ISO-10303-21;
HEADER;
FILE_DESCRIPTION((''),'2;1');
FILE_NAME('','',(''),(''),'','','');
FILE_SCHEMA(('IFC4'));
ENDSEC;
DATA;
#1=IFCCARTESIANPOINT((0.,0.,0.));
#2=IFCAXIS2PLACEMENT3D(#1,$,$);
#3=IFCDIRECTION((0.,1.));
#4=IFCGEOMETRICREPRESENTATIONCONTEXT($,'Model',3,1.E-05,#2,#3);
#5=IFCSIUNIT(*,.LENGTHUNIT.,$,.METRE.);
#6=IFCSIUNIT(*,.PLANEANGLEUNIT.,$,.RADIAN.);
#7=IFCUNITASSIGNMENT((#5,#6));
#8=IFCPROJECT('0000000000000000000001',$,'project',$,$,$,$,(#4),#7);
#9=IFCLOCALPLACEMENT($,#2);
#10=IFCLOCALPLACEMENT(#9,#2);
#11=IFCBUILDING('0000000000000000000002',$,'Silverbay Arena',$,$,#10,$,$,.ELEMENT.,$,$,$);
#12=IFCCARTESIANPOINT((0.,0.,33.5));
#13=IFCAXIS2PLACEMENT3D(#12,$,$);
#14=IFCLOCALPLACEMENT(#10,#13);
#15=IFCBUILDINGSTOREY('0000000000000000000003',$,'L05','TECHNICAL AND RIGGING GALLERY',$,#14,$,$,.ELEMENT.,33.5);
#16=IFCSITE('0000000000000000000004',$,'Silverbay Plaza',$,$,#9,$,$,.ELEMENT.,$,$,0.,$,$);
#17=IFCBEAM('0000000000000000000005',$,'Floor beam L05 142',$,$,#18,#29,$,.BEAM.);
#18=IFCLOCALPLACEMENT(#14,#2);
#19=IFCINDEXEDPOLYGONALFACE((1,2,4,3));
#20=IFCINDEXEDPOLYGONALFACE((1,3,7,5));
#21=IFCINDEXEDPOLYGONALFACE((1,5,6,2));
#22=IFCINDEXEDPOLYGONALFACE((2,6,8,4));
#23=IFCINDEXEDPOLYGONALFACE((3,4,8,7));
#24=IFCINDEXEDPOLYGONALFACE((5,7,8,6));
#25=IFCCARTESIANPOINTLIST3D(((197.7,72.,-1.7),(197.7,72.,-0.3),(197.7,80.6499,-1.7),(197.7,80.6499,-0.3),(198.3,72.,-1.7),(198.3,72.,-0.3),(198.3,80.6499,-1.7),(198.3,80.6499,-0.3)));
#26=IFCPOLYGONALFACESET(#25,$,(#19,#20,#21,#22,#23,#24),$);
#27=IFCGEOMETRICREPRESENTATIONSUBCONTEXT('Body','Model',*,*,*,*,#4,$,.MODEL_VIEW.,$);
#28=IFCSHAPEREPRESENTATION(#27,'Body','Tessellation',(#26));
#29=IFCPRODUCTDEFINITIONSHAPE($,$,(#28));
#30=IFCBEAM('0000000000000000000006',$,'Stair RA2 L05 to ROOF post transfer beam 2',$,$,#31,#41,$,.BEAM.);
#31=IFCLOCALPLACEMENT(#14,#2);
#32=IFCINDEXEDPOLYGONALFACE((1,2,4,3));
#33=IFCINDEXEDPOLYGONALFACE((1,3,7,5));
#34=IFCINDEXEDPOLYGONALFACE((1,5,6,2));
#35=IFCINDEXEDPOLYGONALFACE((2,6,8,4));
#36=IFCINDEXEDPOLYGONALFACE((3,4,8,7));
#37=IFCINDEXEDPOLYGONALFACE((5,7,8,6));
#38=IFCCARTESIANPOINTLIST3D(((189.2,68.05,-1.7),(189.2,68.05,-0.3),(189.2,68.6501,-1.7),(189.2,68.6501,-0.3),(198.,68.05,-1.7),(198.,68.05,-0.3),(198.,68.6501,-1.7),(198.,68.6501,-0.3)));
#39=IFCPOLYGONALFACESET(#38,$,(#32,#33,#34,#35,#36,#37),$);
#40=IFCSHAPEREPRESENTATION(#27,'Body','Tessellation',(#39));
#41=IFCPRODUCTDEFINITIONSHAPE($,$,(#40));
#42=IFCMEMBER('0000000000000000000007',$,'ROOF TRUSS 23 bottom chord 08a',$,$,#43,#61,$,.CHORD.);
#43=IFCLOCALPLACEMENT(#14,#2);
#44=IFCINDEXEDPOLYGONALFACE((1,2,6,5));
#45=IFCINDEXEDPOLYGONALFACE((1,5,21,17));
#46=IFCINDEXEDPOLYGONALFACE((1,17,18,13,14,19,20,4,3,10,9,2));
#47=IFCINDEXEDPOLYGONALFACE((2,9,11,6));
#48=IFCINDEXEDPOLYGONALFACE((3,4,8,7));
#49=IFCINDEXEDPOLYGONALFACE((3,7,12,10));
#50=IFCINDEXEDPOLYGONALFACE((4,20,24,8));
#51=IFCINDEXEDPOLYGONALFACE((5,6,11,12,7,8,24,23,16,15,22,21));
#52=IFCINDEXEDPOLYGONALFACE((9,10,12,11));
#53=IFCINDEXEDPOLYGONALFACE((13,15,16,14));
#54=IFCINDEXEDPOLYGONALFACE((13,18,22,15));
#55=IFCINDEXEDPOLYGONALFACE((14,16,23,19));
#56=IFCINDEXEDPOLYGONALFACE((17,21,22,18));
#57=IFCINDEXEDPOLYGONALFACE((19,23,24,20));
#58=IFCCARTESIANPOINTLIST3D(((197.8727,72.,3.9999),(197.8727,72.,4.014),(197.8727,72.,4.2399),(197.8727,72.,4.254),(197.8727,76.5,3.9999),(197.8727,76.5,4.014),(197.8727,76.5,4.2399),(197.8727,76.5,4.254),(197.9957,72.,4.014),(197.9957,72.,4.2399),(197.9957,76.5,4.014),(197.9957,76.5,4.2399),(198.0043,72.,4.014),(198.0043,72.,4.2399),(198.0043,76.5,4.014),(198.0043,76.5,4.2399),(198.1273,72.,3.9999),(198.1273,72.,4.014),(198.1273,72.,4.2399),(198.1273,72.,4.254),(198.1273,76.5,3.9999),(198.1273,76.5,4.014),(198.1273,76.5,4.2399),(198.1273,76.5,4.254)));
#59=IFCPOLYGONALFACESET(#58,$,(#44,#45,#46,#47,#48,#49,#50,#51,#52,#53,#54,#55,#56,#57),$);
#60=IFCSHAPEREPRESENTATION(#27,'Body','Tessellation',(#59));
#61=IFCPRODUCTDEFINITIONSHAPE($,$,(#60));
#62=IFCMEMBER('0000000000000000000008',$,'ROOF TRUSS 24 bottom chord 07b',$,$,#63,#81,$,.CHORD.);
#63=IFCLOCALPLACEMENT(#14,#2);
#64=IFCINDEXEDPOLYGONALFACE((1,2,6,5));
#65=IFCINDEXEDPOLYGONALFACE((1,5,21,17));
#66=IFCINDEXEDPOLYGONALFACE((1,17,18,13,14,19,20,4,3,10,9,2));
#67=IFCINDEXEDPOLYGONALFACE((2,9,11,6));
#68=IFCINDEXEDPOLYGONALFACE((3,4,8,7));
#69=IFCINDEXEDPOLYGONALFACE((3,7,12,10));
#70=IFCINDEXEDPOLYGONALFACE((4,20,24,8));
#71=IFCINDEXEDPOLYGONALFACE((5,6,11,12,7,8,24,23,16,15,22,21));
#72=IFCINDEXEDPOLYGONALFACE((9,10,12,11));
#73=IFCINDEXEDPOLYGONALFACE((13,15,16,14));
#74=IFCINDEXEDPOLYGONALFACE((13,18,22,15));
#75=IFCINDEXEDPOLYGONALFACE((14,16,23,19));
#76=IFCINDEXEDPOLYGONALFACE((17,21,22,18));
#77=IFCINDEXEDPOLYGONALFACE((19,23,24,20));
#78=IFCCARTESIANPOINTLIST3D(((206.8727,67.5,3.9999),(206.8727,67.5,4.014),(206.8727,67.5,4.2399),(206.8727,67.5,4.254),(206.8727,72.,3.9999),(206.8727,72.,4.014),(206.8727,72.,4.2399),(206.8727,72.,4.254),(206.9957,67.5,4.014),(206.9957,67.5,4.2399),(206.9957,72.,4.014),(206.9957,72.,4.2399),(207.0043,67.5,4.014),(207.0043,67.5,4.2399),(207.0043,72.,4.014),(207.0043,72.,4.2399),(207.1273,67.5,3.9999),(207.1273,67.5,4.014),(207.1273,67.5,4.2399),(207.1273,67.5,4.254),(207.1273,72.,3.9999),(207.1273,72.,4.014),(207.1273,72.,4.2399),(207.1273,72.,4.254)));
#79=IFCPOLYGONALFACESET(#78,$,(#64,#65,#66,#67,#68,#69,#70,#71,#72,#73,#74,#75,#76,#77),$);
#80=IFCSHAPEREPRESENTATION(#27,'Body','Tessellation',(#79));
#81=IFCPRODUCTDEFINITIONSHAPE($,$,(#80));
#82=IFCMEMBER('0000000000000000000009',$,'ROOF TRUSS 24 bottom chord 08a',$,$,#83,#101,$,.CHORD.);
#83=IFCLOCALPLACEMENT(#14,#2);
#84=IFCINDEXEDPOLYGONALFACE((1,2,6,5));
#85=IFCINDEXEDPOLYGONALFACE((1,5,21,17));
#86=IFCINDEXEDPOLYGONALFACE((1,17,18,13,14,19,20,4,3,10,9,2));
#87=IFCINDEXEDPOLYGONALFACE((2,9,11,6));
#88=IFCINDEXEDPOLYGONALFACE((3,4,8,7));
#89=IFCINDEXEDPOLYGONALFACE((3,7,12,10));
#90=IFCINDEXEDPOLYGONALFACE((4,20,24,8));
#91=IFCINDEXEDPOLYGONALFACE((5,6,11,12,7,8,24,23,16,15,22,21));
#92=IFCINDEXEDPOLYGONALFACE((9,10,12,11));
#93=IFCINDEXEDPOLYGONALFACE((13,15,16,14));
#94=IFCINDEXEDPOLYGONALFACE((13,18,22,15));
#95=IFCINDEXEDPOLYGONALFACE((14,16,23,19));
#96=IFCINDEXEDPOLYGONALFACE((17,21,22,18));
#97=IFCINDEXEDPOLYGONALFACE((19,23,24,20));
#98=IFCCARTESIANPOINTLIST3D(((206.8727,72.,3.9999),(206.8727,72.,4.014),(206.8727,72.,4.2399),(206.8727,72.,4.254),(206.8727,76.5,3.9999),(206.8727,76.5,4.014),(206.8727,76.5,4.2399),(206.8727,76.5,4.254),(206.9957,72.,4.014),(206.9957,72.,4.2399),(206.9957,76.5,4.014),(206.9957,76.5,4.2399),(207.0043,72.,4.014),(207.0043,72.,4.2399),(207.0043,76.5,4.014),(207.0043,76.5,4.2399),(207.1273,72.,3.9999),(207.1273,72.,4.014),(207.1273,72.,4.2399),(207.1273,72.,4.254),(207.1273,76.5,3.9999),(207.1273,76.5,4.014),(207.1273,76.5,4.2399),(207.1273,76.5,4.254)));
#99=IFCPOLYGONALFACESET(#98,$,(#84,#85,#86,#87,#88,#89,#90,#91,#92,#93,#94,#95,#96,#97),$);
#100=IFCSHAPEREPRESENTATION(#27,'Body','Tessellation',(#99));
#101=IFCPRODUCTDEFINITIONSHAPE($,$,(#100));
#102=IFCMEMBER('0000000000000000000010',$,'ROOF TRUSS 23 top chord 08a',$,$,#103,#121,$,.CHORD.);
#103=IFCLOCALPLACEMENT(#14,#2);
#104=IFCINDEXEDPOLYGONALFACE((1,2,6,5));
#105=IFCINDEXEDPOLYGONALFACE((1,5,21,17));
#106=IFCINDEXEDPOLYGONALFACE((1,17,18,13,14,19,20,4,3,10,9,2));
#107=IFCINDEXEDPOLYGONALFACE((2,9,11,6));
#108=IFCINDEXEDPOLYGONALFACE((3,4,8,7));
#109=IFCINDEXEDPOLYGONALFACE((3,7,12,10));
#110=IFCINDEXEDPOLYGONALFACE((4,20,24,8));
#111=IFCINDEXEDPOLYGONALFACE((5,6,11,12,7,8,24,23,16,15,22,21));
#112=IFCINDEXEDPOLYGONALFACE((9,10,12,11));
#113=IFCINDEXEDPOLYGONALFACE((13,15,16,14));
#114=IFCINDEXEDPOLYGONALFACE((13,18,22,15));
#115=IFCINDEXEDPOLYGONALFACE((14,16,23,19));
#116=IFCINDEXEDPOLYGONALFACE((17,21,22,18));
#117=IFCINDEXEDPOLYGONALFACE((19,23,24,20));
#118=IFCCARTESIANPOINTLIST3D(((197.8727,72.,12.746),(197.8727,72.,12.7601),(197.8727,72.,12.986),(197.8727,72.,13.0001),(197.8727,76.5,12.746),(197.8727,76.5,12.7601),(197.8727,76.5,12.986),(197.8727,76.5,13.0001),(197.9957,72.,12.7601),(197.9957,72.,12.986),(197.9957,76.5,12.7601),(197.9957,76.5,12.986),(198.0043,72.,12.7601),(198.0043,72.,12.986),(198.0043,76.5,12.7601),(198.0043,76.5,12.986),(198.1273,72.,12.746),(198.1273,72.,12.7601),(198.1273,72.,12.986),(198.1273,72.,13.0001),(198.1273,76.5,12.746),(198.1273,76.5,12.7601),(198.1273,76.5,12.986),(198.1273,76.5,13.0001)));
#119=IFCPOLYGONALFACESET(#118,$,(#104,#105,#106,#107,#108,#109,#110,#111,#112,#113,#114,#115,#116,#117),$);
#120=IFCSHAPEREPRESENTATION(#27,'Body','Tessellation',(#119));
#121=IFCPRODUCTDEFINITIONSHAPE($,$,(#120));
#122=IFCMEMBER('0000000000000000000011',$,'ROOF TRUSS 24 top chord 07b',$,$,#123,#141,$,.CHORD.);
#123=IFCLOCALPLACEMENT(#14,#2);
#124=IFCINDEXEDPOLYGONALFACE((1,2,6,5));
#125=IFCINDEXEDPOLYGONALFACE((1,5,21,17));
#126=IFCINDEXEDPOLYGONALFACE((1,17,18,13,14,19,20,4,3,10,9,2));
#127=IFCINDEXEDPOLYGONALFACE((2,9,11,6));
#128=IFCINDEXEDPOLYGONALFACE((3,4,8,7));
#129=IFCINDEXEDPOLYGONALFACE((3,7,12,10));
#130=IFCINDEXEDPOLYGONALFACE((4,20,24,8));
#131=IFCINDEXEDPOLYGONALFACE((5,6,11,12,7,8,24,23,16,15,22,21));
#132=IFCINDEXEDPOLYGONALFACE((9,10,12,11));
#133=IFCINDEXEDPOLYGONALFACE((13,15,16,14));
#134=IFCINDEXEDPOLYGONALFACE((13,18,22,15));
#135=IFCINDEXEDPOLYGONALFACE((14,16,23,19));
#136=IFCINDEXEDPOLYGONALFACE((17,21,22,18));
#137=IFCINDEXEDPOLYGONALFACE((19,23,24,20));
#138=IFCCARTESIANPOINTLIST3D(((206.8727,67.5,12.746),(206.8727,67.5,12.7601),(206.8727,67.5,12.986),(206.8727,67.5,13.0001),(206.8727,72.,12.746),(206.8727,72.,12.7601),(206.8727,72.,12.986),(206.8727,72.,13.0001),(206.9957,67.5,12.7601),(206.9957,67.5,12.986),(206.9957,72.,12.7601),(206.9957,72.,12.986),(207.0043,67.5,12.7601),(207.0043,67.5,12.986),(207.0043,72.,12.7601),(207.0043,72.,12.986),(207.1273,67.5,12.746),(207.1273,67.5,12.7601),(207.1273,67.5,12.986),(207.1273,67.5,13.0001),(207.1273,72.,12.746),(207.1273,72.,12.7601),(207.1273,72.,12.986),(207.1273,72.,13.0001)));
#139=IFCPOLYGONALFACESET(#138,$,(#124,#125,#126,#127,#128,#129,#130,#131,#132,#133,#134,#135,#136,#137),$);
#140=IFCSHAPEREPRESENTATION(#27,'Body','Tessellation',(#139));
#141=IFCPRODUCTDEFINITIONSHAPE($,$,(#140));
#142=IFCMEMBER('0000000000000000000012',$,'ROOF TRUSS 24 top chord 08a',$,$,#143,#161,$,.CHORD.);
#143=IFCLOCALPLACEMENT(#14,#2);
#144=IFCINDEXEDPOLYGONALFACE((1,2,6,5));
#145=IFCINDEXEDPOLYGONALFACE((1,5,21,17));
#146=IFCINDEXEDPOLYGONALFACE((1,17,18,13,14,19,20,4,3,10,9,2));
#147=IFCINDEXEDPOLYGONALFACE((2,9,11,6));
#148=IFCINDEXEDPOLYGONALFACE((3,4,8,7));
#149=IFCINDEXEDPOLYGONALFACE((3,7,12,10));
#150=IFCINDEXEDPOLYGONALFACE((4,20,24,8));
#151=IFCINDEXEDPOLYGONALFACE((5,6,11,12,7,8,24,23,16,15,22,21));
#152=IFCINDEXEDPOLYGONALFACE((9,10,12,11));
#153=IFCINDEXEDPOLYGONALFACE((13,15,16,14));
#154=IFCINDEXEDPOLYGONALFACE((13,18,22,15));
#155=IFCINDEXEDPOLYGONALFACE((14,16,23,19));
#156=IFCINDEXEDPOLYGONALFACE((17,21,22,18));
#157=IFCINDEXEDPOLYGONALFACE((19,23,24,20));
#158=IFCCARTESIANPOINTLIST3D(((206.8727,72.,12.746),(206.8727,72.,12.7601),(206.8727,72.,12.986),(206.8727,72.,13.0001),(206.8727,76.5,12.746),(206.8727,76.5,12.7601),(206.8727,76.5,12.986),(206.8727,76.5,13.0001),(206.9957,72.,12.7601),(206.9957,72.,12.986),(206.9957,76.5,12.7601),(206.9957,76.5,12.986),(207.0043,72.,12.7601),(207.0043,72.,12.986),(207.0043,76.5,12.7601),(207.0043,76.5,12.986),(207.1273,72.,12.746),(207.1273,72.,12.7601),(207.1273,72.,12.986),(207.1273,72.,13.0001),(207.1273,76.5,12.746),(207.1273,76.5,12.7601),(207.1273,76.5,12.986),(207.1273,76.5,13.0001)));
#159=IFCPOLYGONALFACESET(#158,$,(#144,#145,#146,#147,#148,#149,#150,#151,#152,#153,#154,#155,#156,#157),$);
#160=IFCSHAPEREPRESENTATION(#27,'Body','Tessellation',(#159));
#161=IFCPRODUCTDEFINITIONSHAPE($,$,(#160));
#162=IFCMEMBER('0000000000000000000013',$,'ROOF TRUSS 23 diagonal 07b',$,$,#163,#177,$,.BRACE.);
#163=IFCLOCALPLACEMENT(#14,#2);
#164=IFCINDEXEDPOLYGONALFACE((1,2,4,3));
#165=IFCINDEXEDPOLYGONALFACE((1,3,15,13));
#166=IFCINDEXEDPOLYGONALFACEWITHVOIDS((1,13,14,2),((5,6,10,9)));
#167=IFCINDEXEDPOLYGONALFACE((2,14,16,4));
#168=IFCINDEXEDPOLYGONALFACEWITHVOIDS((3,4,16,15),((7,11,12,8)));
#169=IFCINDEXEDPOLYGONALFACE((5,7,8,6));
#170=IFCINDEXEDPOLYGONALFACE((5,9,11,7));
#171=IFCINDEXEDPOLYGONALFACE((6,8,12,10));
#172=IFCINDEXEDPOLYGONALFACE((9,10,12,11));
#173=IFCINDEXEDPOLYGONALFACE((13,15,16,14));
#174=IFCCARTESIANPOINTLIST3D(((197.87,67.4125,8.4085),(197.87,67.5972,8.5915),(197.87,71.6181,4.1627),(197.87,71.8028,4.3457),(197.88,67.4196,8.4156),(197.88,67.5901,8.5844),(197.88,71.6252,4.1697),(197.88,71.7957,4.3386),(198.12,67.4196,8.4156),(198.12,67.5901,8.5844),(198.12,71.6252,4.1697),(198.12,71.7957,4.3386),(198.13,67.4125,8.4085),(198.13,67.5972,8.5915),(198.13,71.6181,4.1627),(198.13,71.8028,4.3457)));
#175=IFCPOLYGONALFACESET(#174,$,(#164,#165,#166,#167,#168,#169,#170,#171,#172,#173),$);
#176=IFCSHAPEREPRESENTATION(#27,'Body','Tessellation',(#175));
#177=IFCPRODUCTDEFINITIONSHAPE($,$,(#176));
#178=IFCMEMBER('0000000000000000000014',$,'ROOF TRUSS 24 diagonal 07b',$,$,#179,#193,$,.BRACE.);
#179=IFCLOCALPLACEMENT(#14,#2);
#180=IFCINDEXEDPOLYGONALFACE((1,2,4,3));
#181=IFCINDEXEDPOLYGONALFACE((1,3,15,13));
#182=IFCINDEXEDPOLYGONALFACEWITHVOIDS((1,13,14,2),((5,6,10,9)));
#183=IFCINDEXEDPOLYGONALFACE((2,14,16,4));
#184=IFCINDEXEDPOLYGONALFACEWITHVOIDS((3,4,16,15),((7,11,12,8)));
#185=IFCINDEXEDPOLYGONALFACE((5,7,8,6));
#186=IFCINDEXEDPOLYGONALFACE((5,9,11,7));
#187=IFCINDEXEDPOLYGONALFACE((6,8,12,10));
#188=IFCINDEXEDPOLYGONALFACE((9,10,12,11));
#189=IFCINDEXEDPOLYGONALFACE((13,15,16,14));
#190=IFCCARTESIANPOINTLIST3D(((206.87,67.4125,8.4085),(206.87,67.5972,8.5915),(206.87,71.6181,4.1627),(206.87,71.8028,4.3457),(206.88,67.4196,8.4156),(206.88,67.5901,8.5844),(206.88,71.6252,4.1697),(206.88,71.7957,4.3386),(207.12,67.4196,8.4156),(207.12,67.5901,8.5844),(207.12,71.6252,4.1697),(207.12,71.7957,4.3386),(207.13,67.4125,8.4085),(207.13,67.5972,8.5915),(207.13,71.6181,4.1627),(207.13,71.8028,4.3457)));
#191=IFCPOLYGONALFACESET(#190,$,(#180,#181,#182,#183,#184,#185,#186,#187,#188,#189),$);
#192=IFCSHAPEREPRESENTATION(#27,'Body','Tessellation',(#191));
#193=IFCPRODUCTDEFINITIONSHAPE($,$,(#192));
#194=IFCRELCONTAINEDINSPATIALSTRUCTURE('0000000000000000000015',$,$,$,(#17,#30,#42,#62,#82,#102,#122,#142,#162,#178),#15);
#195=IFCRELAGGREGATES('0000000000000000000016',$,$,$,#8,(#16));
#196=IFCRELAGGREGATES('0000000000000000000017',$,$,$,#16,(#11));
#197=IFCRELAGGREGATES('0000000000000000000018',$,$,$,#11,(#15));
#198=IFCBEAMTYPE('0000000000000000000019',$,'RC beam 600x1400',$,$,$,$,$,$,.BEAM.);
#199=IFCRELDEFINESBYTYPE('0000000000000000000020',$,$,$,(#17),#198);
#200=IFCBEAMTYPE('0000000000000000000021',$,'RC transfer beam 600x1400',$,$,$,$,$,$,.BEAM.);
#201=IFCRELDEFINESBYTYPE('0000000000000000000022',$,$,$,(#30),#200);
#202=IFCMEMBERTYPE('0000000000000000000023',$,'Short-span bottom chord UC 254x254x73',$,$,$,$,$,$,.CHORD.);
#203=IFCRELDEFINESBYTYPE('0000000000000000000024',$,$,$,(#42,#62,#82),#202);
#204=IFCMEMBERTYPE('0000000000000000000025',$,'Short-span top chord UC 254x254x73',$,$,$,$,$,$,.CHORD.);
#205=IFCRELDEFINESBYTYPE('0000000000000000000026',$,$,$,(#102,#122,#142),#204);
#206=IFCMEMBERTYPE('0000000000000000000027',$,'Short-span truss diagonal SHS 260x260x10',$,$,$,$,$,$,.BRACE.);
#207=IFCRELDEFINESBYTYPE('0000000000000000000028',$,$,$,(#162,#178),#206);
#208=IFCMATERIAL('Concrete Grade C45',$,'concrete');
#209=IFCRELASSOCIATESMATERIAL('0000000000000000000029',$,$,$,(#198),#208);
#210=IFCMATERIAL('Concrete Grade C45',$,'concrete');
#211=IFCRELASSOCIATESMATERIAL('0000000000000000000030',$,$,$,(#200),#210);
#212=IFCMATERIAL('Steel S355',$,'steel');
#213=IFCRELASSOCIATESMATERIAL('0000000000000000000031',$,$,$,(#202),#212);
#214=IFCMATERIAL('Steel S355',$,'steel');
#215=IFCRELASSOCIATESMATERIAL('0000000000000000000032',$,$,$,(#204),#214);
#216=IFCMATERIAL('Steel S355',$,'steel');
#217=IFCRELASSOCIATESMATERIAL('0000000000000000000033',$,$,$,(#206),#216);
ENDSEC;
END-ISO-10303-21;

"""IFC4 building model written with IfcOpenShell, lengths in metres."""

from ifc_helpers import new_model, si_unit, direction, frame, origin, origin_2d, place, context, subcontext, project, spatial, rectangle, hollow_rectangle, i_section, extrude, material, material_profile, profile_set, type_object, element, save


model = new_model("IFC4")

# Units and contexts
model_context = context("Model", 3, precision=1e-05, world=origin(), true_north=direction((0.0, 1.0)))
body_context = subcontext(model_context, "Body", "Model", "MODEL_VIEW")
ifc_project = project(units=[si_unit("LENGTHUNIT", "METRE"), si_unit("PLANEANGLEUNIT", "RADIAN")], contexts=[model_context])

# Site, building, storey
site_placement = place(None, origin())
site = spatial("IfcSite", under=ifc_project, at=site_placement, Name="Silverbay Plaza", CompositionType="ELEMENT", RefElevation=0.0)
building_placement = place(site_placement, origin())
building = spatial("IfcBuilding", under=site, at=building_placement, Name="Silverbay Arena", CompositionType="ELEMENT")
storey_placement = place(building_placement, frame((0.0, 0.0, 33.5)))
storey = spatial("IfcBuildingStorey", under=building, at=storey_placement, Name="L05", Description="TECHNICAL AND RIGGING GALLERY", CompositionType="ELEMENT", Elevation=33.5)

# Beams
ifc_material_1 = material(Name="Concrete Grade C45", Category="concrete")
ifc_material_profile_1 = material_profile(ifc_material_1, rectangle(XDim=0.6001, YDim=1.3999, at=origin_2d()), Name="RC 600x1400")
ifc_profile_set_1 = profile_set([ifc_material_profile_1], Name="Concrete Grade C45")
beam_type_1 = type_object("IfcBeamType", Name="RC beam 600x1400", PredefinedType="BEAM", material=ifc_profile_set_1)
beam_1_placement = place(storey_placement, frame((198.0, 72.0, -1.0), z_axis=(0.0, 1.0, 0.0), x_axis=(-1.0, 0.0, 0.0)))
element("IfcBeam", 1, at=beam_1_placement, inside=storey, type_object=beam_type_1, Name="Floor beam L05 142", PredefinedType="BEAM", context=body_context, shape_type="SweptSolid", body=[
    extrude(rectangle(XDim=0.6001, YDim=1.3999, at=origin_2d()), origin(), (0.0, 0.0, 1.0), 8.6499),
])
ifc_material_2 = material(Name="Concrete Grade C45", Category="concrete")
ifc_material_profile_2 = material_profile(ifc_material_2, rectangle(XDim=0.6001, YDim=1.3999, at=origin_2d()), Name="RC 600x1400")
ifc_profile_set_2 = profile_set([ifc_material_profile_2], Name="Concrete Grade C45")
beam_type_2 = type_object("IfcBeamType", Name="RC transfer beam 600x1400", PredefinedType="BEAM", material=ifc_profile_set_2)
beam_2_placement = place(storey_placement, frame((198.0, 68.3501, -1.0), z_axis=(-1.0, 0.0, 0.0), x_axis=(0.0, -1.0, 0.0)))
element("IfcBeam", 2, at=beam_2_placement, inside=storey, type_object=beam_type_2, Name="Stair RA2 L05 to ROOF post transfer beam 2", PredefinedType="BEAM", context=body_context, shape_type="SweptSolid", body=[
    extrude(rectangle(XDim=0.6001, YDim=1.3999, at=origin_2d()), origin(), (0.0, 0.0, 1.0), 8.8),
])

# Members
ifc_material_3 = material(Name="Steel S355", Category="steel")
ifc_material_profile_3 = material_profile(ifc_material_3, i_section(OverallWidth=0.2546, OverallDepth=0.2542, WebThickness=0.0085, FlangeThickness=0.0142, at=origin_2d()), Name="UC 254x254x73")
ifc_profile_set_3 = profile_set([ifc_material_profile_3], Name="Steel S355")
member_type_1 = type_object("IfcMemberType", Name="Short-span bottom chord UC 254x254x73", PredefinedType="CHORD", material=ifc_profile_set_3)
for number, where, z_axis, x_axis, name in (
    (3, (198.0, 72.0, 4.127), (0.0, 1.0, 0.0), (-1.0, 0.0, 0.0), "ROOF TRUSS 23 bottom chord 08a"),
    (4, (207.0, 67.5, 4.127), (0.0, 1.0, 0.0), (-1.0, 0.0, 0.0), "ROOF TRUSS 24 bottom chord 07b"),
    (5, (207.0, 72.0, 4.127), (0.0, 1.0, 0.0), (-1.0, 0.0, 0.0), "ROOF TRUSS 24 bottom chord 08a"),
):
    element("IfcMember", number, at=place(storey_placement, frame(where, z_axis=z_axis, x_axis=x_axis)), inside=storey, type_object=member_type_1, Name=name, PredefinedType="CHORD", context=body_context, shape_type="SweptSolid", body=[
        extrude(i_section(OverallWidth=0.2546, OverallDepth=0.2542, WebThickness=0.0085, FlangeThickness=0.0142, at=origin_2d()), origin(), (0.0, 0.0, 1.0), 4.5),
    ])
ifc_material_4 = material(Name="Steel S355", Category="steel")
ifc_material_profile_4 = material_profile(ifc_material_4, i_section(OverallWidth=0.2546, OverallDepth=0.2542, WebThickness=0.0085, FlangeThickness=0.0142, at=origin_2d()), Name="UC 254x254x73")
ifc_profile_set_4 = profile_set([ifc_material_profile_4], Name="Steel S355")
member_type_2 = type_object("IfcMemberType", Name="Short-span top chord UC 254x254x73", PredefinedType="CHORD", material=ifc_profile_set_4)
for number, where, z_axis, x_axis, name in (
    (6, (198.0, 72.0, 12.873), (0.0, 1.0, 0.0), (-1.0, 0.0, 0.0), "ROOF TRUSS 23 top chord 08a"),
    (7, (207.0, 67.5, 12.873), (0.0, 1.0, 0.0), (-1.0, 0.0, 0.0), "ROOF TRUSS 24 top chord 07b"),
    (8, (207.0, 72.0, 12.873), (0.0, 1.0, 0.0), (-1.0, 0.0, 0.0), "ROOF TRUSS 24 top chord 08a"),
):
    element("IfcMember", number, at=place(storey_placement, frame(where, z_axis=z_axis, x_axis=x_axis)), inside=storey, type_object=member_type_2, Name=name, PredefinedType="CHORD", context=body_context, shape_type="SweptSolid", body=[
        extrude(i_section(OverallWidth=0.2546, OverallDepth=0.2542, WebThickness=0.0085, FlangeThickness=0.0142, at=origin_2d()), origin(), (0.0, 0.0, 1.0), 4.5),
    ])
ifc_material_5 = material(Name="Steel S355", Category="steel")
ifc_material_profile_5 = material_profile(ifc_material_5, hollow_rectangle(XDim=0.26, YDim=0.26, WallThickness=0.01, at=origin_2d()), Name="SHS 260x260x10")
ifc_profile_set_5 = profile_set([ifc_material_profile_5], Name="Steel S355")
member_type_3 = type_object("IfcMemberType", Name="Short-span truss diagonal SHS 260x260x10", PredefinedType="BRACE", material=ifc_profile_set_5)
for number, where, z_axis, x_axis, name in (
    (9, (198.0, 67.5049, 8.5), (0.0, 0.703728, -0.710469), (-1.0, 0.0, 0.0), "ROOF TRUSS 23 diagonal 07b"),
    (10, (207.0, 67.5049, 8.5), (0.0, 0.703728, -0.710469), (-1.0, 0.0, 0.0), "ROOF TRUSS 24 diagonal 07b"),
):
    element("IfcMember", number, at=place(storey_placement, frame(where, z_axis=z_axis, x_axis=x_axis)), inside=storey, type_object=member_type_3, Name=name, PredefinedType="BRACE", context=body_context, shape_type="SweptSolid", body=[
        extrude(hollow_rectangle(XDim=0.26, YDim=0.26, WallThickness=0.01, at=origin_2d()), origin(), (0.0, 0.0, 1.0), 5.9761),
    ])

save(model, "model.ifc")
